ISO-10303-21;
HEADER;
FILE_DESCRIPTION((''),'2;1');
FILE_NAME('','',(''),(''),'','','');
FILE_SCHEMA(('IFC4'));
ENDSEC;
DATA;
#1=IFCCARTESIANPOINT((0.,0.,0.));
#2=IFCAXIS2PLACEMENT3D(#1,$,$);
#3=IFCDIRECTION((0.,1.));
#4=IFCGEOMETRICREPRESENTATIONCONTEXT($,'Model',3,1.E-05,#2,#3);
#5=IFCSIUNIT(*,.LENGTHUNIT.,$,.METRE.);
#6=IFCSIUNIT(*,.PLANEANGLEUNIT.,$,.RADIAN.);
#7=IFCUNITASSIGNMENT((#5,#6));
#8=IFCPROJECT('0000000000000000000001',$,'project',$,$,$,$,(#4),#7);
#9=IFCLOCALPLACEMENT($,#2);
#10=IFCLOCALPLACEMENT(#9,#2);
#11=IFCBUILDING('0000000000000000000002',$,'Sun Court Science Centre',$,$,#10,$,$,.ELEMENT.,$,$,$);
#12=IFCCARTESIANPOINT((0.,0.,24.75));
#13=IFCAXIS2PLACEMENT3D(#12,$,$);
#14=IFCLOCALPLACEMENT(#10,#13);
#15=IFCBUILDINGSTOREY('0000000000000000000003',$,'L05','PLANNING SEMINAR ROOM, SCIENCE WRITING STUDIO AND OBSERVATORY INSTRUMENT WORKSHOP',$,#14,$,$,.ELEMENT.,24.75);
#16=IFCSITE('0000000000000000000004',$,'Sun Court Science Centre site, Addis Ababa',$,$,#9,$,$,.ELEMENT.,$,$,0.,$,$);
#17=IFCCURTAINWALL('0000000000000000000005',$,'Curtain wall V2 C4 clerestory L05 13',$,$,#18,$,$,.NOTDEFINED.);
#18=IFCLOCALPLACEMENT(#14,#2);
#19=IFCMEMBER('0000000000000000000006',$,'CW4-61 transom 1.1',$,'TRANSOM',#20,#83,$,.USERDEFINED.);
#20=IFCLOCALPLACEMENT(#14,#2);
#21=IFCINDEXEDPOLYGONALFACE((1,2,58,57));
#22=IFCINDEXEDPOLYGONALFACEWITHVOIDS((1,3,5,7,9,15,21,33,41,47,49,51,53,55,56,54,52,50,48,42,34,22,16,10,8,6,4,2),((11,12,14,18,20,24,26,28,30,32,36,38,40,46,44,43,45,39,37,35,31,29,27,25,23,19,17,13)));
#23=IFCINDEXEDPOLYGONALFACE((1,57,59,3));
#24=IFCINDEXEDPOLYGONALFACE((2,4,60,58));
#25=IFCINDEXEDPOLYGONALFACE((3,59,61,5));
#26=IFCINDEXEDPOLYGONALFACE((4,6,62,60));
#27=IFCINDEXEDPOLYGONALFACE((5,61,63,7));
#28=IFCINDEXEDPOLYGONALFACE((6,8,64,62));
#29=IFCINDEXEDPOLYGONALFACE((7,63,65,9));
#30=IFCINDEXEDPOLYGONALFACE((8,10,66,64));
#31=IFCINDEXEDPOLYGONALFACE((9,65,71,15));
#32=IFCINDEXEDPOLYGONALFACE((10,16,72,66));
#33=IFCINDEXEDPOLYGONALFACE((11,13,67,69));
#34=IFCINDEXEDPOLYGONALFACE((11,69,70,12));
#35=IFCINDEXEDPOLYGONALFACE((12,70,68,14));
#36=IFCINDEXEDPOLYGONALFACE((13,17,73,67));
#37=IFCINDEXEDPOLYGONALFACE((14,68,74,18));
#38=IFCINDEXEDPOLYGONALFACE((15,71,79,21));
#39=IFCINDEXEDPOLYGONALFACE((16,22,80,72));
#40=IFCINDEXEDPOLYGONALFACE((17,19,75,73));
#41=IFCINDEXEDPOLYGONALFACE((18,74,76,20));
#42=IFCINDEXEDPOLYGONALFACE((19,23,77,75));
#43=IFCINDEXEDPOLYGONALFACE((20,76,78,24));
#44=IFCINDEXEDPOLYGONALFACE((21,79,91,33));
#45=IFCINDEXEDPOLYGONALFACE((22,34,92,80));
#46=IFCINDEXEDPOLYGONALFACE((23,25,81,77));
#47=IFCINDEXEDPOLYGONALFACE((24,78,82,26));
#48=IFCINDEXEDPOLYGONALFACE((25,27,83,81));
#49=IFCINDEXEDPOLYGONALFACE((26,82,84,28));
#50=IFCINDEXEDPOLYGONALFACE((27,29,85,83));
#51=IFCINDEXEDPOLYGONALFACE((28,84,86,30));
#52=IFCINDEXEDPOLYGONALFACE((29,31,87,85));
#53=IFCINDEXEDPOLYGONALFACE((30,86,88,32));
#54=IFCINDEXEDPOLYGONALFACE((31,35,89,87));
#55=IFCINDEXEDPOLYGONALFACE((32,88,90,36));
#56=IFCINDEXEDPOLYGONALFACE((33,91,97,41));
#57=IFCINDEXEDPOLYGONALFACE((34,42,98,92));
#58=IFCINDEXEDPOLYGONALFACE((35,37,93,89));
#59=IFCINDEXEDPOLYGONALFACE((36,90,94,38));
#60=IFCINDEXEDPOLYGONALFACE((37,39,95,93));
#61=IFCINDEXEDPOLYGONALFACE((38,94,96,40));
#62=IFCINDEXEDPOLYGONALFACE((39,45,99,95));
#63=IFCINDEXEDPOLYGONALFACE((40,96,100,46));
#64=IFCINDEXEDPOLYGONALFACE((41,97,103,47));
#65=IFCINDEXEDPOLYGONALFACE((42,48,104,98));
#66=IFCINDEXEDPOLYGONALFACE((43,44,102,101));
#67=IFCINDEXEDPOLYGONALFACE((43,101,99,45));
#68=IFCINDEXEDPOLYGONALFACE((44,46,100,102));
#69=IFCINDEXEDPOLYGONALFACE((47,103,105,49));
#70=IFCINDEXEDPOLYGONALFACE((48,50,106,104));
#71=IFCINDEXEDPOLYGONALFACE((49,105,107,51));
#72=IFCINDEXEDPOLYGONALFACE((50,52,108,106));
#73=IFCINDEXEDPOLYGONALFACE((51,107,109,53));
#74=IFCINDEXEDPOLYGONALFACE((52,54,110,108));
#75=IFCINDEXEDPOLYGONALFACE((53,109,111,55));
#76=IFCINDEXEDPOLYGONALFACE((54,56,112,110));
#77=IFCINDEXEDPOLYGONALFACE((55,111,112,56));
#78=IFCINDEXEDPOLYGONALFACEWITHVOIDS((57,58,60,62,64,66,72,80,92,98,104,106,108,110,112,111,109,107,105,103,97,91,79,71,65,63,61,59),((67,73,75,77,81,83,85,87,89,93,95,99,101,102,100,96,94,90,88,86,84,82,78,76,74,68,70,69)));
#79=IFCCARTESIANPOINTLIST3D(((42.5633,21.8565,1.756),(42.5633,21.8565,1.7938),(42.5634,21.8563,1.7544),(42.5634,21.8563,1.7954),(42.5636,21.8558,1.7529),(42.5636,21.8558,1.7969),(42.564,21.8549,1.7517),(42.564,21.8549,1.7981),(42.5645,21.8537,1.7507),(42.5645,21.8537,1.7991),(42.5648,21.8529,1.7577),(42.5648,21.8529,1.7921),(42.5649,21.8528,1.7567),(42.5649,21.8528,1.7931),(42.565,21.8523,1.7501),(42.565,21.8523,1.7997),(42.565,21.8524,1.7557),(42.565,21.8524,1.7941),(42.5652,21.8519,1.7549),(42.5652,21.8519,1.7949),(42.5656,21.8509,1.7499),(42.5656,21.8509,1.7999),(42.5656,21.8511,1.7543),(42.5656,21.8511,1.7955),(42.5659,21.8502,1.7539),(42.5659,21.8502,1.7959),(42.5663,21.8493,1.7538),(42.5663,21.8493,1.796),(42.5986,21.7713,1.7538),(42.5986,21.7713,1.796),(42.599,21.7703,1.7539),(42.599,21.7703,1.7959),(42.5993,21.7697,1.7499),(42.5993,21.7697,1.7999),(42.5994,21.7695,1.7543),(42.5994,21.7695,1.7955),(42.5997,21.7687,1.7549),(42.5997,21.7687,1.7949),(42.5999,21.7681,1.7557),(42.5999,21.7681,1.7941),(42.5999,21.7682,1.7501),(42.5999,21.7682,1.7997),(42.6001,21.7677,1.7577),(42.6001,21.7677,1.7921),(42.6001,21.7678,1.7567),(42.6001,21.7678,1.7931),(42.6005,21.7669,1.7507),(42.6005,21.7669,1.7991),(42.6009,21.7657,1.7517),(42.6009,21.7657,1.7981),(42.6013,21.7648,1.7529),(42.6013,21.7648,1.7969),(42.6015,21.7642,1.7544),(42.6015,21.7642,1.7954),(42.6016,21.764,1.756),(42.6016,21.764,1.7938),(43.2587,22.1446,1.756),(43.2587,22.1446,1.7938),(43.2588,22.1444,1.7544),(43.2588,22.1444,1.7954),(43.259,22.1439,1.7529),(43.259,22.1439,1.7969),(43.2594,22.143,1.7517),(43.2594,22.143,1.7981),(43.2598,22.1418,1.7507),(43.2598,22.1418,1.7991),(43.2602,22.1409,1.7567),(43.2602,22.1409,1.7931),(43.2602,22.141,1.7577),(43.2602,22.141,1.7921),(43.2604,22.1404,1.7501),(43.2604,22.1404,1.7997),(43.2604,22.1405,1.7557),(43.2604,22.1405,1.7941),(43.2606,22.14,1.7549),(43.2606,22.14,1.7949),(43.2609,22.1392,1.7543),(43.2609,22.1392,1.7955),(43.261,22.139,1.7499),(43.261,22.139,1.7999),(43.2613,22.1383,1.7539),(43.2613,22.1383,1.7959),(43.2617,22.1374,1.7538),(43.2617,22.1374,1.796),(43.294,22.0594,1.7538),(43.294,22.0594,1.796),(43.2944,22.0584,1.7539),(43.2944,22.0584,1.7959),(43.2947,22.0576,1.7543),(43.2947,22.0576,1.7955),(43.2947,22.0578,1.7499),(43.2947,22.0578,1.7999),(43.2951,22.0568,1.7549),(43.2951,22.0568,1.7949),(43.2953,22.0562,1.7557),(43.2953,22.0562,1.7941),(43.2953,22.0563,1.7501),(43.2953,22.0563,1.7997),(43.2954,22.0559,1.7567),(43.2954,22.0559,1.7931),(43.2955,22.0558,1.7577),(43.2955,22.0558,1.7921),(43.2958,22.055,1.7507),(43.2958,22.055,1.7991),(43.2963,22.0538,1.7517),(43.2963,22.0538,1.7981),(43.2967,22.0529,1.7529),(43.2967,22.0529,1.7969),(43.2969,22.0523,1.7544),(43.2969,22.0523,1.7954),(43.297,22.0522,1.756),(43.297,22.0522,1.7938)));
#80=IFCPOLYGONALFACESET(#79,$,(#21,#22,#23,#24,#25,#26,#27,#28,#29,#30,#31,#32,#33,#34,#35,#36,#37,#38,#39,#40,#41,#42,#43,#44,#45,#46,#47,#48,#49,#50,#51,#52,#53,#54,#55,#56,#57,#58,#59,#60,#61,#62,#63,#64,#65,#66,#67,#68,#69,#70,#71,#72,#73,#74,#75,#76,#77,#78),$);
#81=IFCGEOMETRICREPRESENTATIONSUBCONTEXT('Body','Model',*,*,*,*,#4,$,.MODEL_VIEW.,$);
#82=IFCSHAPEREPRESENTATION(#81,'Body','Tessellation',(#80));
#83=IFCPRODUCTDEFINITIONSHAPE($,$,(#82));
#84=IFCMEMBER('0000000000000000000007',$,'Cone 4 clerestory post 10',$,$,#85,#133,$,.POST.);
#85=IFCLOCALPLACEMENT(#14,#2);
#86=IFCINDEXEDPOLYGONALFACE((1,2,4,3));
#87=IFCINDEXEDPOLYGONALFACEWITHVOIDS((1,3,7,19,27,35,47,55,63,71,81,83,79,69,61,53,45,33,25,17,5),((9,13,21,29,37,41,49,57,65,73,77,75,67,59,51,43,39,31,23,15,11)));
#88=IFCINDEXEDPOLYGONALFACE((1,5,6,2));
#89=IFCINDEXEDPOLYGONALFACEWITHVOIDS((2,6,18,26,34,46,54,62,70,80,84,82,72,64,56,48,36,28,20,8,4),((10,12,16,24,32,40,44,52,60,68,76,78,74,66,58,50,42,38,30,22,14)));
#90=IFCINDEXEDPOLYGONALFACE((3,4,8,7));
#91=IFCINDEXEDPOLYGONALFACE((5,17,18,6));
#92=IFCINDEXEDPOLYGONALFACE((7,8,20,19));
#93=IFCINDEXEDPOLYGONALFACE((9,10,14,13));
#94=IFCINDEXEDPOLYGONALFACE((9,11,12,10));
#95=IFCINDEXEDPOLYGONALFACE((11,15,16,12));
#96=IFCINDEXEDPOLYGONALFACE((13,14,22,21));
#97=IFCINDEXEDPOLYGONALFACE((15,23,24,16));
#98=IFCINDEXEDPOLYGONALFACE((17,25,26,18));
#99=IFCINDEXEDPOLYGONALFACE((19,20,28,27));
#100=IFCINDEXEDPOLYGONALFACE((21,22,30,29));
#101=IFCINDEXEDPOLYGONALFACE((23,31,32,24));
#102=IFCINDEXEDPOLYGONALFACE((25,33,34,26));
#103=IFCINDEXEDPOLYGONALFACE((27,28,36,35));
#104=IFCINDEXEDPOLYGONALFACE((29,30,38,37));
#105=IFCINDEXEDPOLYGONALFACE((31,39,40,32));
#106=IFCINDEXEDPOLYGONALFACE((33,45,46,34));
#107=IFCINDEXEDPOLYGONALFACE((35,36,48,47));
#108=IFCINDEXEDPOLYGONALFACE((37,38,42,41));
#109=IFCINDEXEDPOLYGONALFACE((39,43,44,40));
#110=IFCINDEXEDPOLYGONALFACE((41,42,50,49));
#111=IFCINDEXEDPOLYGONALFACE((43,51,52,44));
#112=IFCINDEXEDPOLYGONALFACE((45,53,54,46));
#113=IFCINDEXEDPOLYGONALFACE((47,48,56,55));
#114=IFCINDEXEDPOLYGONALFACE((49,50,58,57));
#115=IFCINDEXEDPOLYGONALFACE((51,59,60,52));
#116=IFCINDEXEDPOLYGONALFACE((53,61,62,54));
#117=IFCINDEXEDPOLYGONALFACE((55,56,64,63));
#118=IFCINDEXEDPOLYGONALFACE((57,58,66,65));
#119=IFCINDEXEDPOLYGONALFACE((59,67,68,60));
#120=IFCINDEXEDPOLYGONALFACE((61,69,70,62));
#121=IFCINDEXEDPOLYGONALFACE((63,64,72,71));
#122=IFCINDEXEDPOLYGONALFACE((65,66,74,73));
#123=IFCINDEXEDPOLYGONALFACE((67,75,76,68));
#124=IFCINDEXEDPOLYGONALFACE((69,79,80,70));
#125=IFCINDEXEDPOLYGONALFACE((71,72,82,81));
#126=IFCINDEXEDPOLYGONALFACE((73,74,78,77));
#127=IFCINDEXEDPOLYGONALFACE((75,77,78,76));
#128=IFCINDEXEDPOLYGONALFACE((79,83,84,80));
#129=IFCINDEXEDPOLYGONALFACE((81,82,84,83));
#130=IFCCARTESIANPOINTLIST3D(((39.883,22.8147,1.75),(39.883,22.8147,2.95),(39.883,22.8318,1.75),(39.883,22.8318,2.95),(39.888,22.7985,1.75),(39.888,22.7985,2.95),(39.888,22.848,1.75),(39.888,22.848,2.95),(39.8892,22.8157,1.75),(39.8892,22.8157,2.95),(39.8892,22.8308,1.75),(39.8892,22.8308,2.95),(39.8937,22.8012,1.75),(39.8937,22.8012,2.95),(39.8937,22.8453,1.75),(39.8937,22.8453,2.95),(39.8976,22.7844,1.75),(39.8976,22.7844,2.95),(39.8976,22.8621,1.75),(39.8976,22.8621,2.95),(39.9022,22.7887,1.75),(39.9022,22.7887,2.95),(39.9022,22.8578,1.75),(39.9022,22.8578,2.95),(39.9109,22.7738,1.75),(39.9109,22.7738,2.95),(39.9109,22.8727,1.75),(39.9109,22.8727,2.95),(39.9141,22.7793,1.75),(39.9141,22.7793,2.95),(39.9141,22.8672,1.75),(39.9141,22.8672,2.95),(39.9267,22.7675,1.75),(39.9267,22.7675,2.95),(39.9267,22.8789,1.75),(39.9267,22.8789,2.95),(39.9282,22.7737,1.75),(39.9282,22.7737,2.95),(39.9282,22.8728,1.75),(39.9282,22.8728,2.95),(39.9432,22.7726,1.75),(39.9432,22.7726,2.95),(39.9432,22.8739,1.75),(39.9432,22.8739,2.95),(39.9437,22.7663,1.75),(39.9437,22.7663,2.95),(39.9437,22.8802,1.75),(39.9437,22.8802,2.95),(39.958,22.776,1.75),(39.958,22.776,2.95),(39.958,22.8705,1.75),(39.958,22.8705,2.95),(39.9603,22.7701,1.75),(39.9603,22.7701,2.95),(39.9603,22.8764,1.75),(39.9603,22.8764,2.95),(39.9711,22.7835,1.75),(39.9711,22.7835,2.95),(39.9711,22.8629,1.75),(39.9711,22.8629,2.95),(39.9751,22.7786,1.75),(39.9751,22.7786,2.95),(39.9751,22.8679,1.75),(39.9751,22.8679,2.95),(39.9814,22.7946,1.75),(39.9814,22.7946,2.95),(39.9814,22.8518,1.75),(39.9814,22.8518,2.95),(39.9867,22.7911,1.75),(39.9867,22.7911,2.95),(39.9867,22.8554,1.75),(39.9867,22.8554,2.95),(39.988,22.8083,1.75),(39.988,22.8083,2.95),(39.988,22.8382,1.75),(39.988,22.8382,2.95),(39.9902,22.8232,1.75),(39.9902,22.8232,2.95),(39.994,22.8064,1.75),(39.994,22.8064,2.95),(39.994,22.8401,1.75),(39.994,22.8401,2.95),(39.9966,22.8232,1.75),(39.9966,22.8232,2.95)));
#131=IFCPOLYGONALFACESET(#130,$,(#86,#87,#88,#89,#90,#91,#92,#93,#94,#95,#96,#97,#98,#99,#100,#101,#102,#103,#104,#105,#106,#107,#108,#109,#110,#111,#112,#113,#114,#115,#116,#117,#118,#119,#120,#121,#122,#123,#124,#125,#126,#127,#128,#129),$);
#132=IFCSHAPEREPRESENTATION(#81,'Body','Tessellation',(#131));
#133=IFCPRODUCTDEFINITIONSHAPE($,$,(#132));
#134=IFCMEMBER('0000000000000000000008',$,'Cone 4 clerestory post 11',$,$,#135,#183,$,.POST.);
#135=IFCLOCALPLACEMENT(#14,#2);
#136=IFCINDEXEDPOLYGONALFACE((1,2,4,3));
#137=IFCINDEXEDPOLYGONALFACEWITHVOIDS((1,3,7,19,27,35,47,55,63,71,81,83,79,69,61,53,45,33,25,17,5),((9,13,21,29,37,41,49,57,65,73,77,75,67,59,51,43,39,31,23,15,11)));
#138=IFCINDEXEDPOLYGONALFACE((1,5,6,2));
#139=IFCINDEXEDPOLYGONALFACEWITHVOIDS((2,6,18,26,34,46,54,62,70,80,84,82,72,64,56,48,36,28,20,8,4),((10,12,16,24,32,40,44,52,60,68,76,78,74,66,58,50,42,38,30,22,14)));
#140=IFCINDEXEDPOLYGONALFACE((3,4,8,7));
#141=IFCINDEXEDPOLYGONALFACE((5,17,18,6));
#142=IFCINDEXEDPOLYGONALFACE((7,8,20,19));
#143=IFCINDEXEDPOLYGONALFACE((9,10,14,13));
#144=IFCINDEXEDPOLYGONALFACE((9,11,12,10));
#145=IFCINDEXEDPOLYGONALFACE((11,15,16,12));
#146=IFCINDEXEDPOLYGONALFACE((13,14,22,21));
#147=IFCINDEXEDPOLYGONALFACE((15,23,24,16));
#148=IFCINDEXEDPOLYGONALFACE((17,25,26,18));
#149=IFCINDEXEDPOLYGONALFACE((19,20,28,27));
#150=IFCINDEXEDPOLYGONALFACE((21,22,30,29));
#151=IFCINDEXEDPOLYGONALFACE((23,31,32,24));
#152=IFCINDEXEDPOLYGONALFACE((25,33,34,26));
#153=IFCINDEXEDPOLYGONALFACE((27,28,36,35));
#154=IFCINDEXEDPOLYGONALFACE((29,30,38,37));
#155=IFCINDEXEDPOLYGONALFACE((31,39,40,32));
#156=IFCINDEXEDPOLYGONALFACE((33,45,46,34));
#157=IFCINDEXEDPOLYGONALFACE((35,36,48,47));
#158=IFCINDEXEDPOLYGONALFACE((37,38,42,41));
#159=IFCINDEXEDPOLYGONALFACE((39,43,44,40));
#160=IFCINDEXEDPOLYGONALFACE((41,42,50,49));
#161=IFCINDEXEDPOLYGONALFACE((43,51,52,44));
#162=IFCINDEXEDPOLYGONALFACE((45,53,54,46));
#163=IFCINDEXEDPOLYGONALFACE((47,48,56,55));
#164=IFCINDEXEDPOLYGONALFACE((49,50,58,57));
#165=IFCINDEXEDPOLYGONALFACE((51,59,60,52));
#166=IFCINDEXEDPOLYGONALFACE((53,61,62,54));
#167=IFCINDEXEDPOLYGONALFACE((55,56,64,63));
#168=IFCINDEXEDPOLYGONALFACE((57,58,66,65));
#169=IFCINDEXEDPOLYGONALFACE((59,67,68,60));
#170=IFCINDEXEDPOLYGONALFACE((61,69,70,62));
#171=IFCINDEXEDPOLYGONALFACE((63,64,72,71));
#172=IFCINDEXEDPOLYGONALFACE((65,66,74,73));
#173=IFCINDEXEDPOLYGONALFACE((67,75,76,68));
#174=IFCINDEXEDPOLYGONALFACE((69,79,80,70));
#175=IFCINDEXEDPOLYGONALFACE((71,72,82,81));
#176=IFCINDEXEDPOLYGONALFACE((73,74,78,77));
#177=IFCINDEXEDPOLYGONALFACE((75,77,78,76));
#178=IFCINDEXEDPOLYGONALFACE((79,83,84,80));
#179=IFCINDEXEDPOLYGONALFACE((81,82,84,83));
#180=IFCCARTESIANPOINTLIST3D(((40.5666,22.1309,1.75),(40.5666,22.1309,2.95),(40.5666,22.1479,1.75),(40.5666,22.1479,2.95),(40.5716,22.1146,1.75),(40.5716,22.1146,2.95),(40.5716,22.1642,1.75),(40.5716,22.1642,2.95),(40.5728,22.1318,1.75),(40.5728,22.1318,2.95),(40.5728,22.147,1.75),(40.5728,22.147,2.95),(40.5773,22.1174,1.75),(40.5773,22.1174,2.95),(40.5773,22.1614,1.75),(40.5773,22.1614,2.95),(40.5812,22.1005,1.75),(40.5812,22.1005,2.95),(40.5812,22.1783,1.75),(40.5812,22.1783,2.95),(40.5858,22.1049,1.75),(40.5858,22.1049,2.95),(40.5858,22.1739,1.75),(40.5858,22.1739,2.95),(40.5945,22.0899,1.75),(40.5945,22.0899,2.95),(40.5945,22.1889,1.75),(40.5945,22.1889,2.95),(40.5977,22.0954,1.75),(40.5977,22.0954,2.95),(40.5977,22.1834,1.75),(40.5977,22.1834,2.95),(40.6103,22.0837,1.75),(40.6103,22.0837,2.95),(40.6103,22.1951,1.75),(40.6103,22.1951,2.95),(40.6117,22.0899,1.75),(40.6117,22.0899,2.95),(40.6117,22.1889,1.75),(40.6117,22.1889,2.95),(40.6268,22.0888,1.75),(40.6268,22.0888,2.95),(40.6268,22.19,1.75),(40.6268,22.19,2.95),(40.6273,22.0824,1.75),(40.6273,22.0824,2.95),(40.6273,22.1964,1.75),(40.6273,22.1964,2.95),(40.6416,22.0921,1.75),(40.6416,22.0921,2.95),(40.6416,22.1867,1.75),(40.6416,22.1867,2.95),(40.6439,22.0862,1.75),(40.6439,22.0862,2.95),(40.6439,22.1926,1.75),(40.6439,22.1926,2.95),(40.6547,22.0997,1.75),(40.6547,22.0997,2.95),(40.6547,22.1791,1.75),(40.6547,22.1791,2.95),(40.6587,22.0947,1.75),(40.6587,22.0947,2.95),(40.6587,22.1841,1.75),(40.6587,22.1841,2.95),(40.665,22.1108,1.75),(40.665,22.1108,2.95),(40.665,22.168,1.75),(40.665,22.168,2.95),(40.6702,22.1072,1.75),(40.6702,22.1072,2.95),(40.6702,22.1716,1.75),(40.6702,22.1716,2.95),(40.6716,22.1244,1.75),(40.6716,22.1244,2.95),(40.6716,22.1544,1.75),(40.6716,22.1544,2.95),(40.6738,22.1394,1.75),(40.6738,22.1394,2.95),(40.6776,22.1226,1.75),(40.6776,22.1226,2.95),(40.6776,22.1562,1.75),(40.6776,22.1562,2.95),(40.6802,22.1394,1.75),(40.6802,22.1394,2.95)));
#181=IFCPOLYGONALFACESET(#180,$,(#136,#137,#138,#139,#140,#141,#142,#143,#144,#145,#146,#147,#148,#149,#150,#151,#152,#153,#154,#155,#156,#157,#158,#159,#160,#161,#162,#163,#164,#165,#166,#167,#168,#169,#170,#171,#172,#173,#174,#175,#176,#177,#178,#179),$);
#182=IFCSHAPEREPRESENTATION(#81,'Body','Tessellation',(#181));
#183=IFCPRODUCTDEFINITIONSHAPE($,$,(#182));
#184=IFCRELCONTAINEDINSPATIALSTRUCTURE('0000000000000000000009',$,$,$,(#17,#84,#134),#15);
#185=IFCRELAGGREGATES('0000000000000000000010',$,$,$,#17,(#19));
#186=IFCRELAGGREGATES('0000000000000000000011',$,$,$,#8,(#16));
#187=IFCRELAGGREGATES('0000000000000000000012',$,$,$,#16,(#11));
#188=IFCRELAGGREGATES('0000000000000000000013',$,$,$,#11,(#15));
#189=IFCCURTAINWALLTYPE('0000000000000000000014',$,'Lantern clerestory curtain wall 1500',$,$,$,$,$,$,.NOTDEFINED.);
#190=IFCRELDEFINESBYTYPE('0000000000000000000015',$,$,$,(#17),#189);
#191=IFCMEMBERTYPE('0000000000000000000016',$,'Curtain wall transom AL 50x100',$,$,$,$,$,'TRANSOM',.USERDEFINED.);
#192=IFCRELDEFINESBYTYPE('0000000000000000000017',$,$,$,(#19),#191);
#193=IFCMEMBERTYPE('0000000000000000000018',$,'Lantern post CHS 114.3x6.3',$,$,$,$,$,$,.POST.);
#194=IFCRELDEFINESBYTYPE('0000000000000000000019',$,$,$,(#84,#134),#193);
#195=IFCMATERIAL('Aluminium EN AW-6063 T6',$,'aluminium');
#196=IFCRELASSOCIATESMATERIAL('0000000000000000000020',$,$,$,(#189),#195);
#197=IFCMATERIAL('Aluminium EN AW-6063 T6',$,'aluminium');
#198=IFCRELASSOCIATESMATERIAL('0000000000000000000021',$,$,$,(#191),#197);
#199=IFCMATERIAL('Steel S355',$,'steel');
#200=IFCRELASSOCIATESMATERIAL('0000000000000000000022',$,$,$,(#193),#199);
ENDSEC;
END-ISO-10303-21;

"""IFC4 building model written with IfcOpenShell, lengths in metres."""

from ifc_helpers import new_model, si_unit, direction, frame, origin, origin_2d, place, context, subcontext, project, spatial, hollow_rectangle, hollow_circle, extrude, material, material_profile, profile_set, type_object, element, aggregate, save


model = new_model("IFC4")

# Units and contexts
model_context = context("Model", 3, precision=1e-05, world=origin(), true_north=direction((0.0, 1.0)))
body_context = subcontext(model_context, "Body", "Model", "MODEL_VIEW")
ifc_project = project(units=[si_unit("LENGTHUNIT", "METRE"), si_unit("PLANEANGLEUNIT", "RADIAN")], contexts=[model_context])

# Site, building, storey
site_placement = place(None, origin())
site = spatial("IfcSite", under=ifc_project, at=site_placement, Name="Sun Court Science Centre site, Addis Ababa", CompositionType="ELEMENT", RefElevation=0.0)
building_placement = place(site_placement, origin())
building = spatial("IfcBuilding", under=site, at=building_placement, Name="Sun Court Science Centre", CompositionType="ELEMENT")
storey_placement = place(building_placement, frame((0.0, 0.0, 24.75)))
storey = spatial("IfcBuildingStorey", under=building, at=storey_placement, Name="L05", Description="PLANNING SEMINAR ROOM, SCIENCE WRITING STUDIO AND OBSERVATORY INSTRUMENT WORKSHOP", CompositionType="ELEMENT", Elevation=24.75)

# Shared definitions
ifc_material_1 = material(Name="Aluminium EN AW-6063 T6", Category="aluminium")
curtain_wall_type = type_object("IfcCurtainWallType", Name="Lantern clerestory curtain wall 1500", PredefinedType="NOTDEFINED", material=ifc_material_1)

# Curtain wall
curtain_wall_1_placement = place(storey_placement, origin())
curtain_wall_1 = element("IfcCurtainWall", 1, at=curtain_wall_1_placement, inside=storey, type_object=curtain_wall_type, Name="Curtain wall V2 C4 clerestory L05 13", PredefinedType="NOTDEFINED")

# Member
ifc_material_2 = material(Name="Aluminium EN AW-6063 T6", Category="aluminium")
ifc_material_profile_1 = material_profile(ifc_material_2, hollow_rectangle(XDim=0.05, YDim=0.1001, WallThickness=0.0039, InnerFilletRadius=0.0039, OuterFilletRadius=0.0061, at=origin_2d()), Name="AL 50x100x4")
ifc_profile_set_1 = profile_set([ifc_material_profile_1], Name="Aluminium EN AW-6063 T6")
member_type_1 = type_object("IfcMemberType", Name="Curtain wall transom AL 50x100", ElementType="TRANSOM", PredefinedType="USERDEFINED", material=ifc_profile_set_1)
member_1_placement = place(storey_placement, frame((43.2778, 22.0984, 1.7749), z_axis=(-0.923843, -0.382772, 0.0), x_axis=(0.0, 0.0, 1.0)))
member_1 = element("IfcMember", 2, at=member_1_placement, type_object=member_type_1, Name="CW4-61 transom 1.1", ObjectType="TRANSOM", PredefinedType="USERDEFINED", context=body_context, shape_type="SweptSolid", body=[
    extrude(hollow_rectangle(XDim=0.05, YDim=0.1001, WallThickness=0.0039, InnerFilletRadius=0.0039, OuterFilletRadius=0.0061, at=origin_2d()), origin(), (0.0, 0.0, 1.0), 0.7527),
])

# Members
ifc_material_3 = material(Name="Steel S355", Category="steel")
ifc_material_profile_2 = material_profile(ifc_material_3, hollow_circle(Radius=0.0571, WallThickness=0.0063, at=origin_2d()), Name="CHS 114.3x6.3")
ifc_profile_set_2 = profile_set([ifc_material_profile_2], Name="Steel S355")
member_type_2 = type_object("IfcMemberType", Name="Lantern post CHS 114.3x6.3", PredefinedType="POST", material=ifc_profile_set_2)
for number, where, z_axis, x_axis, name in (
    (3, (39.9395, 22.8232, 1.75), (0.0, 0.0, 1.0), (1.0, 0.0, 0.0), "Cone 4 clerestory post 10"),
    (4, (40.623, 22.1394, 1.75), (0.0, 0.0, 1.0), (1.0, 0.0, 0.0), "Cone 4 clerestory post 11"),
):
    element("IfcMember", number, at=place(storey_placement, frame(where, z_axis=z_axis, x_axis=x_axis)), inside=storey, type_object=member_type_2, Name=name, PredefinedType="POST", context=body_context, shape_type="SweptSolid", body=[
        extrude(hollow_circle(Radius=0.0571, WallThickness=0.0063, at=origin_2d()), origin(), (0.0, 0.0, 1.0), 1.2),
    ])

aggregate(curtain_wall_1, [member_1])

save(model, "model.ifc")
